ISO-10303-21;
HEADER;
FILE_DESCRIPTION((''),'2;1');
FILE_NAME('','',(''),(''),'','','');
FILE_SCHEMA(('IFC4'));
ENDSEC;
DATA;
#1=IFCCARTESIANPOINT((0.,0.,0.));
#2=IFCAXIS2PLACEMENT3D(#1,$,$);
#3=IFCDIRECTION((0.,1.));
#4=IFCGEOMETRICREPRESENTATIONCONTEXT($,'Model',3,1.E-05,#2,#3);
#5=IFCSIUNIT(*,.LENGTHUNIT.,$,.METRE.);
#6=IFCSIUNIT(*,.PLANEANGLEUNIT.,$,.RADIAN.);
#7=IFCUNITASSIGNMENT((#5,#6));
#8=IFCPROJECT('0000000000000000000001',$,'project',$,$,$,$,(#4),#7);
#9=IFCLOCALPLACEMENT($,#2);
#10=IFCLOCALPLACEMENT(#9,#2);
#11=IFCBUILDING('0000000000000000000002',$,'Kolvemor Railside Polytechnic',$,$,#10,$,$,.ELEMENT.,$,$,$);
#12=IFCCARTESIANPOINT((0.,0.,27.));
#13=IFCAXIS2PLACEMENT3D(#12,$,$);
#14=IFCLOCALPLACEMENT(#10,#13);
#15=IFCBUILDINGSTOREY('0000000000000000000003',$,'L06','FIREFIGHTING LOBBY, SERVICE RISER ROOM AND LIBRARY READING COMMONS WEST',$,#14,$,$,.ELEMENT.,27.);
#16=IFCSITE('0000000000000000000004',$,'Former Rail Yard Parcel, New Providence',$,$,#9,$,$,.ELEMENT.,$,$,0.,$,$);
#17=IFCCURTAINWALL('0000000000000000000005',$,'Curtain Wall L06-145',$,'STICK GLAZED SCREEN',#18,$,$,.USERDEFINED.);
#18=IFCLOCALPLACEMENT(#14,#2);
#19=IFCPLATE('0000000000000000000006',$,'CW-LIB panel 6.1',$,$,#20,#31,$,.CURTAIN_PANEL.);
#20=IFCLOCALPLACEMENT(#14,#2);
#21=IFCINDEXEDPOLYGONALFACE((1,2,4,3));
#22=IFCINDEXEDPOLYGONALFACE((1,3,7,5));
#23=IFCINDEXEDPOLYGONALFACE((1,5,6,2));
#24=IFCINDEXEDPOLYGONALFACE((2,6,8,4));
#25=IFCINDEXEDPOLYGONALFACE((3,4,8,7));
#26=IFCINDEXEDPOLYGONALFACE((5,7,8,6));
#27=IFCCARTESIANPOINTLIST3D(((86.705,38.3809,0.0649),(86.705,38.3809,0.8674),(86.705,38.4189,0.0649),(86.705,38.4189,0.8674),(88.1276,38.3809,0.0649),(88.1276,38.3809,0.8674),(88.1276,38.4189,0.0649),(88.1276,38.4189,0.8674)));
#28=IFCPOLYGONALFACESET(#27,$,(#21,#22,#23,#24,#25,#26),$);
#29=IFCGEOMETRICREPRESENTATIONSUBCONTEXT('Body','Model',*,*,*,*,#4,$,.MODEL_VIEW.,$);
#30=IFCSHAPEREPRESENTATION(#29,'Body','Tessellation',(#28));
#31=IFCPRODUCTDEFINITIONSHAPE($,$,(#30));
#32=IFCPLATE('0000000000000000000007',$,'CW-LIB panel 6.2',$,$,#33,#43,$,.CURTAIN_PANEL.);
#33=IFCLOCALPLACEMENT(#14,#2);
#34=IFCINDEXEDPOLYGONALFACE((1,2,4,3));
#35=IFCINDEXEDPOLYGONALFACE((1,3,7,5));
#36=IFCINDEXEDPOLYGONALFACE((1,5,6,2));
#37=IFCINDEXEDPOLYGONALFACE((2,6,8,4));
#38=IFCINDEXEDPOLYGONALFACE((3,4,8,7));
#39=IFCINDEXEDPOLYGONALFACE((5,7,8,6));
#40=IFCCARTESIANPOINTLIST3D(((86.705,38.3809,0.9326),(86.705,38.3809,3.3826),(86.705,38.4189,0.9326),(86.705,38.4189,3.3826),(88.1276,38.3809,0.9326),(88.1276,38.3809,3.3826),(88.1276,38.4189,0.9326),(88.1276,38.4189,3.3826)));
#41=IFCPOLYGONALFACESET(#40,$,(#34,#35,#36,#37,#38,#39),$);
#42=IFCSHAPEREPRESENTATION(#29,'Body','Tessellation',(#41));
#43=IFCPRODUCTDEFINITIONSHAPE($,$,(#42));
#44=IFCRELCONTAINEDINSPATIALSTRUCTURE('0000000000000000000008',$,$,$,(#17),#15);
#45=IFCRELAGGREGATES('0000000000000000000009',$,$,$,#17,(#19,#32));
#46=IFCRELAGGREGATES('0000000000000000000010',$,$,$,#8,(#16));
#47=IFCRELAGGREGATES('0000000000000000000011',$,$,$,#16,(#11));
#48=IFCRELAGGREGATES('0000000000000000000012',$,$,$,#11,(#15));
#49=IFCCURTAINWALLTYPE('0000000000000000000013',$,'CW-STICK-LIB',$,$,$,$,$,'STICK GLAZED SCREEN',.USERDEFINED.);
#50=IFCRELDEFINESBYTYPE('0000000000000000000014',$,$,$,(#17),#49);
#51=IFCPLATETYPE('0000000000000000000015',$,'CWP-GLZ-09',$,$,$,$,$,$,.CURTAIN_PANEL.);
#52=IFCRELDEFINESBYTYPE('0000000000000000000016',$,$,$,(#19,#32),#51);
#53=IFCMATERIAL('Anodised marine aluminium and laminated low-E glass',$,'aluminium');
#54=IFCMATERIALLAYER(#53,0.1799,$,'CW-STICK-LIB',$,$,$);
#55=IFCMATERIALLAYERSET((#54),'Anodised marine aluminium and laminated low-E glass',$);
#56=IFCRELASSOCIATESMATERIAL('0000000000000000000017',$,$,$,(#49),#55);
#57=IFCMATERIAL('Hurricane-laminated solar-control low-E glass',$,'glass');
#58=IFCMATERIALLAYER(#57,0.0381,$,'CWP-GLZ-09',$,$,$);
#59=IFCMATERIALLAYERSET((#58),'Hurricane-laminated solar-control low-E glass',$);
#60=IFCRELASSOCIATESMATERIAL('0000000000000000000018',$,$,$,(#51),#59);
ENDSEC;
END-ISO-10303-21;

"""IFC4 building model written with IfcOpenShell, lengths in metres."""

from ifc_helpers import new_model, si_unit, direction, frame, origin, origin_2d, place, context, subcontext, project, spatial, rectangle, extrude, material, layer, layer_set, type_object, element, aggregate, save


model = new_model("IFC4")

# Units and contexts
model_context = context("Model", 3, precision=1e-05, world=origin(), true_north=direction((0.0, 1.0)))
body_context = subcontext(model_context, "Body", "Model", "MODEL_VIEW")
ifc_project = project(units=[si_unit("LENGTHUNIT", "METRE"), si_unit("PLANEANGLEUNIT", "RADIAN")], contexts=[model_context])

# Site, building, storey
site_placement = place(None, origin())
site = spatial("IfcSite", under=ifc_project, at=site_placement, Name="Former Rail Yard Parcel, New Providence", CompositionType="ELEMENT", RefElevation=0.0)
building_placement = place(site_placement, origin())
building = spatial("IfcBuilding", under=site, at=building_placement, Name="Kolvemor Railside Polytechnic", CompositionType="ELEMENT")
storey_placement = place(building_placement, frame((0.0, 0.0, 27.0)))
storey = spatial("IfcBuildingStorey", under=building, at=storey_placement, Name="L06", Description="FIREFIGHTING LOBBY, SERVICE RISER ROOM AND LIBRARY READING COMMONS WEST", CompositionType="ELEMENT", Elevation=27.0)

# Shared definitions
ifc_material_1 = material(Name="Anodised marine aluminium and laminated low-E glass", Category="aluminium")
ifc_layer_1 = layer(ifc_material_1, 0.1799, Name="CW-STICK-LIB")
ifc_layer_set_1 = layer_set([ifc_layer_1], Name="Anodised marine aluminium and laminated low-E glass")
curtain_wall_type = type_object("IfcCurtainWallType", Name="CW-STICK-LIB", ElementType="STICK GLAZED SCREEN", PredefinedType="USERDEFINED", material=ifc_layer_set_1)

# Curtain wall
curtain_wall_1_placement = place(storey_placement, origin())
curtain_wall_1 = element("IfcCurtainWall", 1, at=curtain_wall_1_placement, inside=storey, type_object=curtain_wall_type, Name="Curtain Wall L06-145", ObjectType="STICK GLAZED SCREEN", PredefinedType="USERDEFINED")

# Plates
ifc_material_2 = material(Name="Hurricane-laminated solar-control low-E glass", Category="glass")
ifc_layer_2 = layer(ifc_material_2, 0.0381, Name="CWP-GLZ-09")
ifc_layer_set_2 = layer_set([ifc_layer_2], Name="Hurricane-laminated solar-control low-E glass")
plate_type_1 = type_object("IfcPlateType", Name="CWP-GLZ-09", PredefinedType="CURTAIN_PANEL", material=ifc_layer_set_2)
plate_1_placement = place(storey_placement, frame((87.4163, 38.3999, 0.0649), z_axis=(0.0, 0.0, 1.0), x_axis=(-1.0, 0.0, 0.0)))
plate_1 = element("IfcPlate", 2, at=plate_1_placement, type_object=plate_type_1, Name="CW-LIB panel 6.1", PredefinedType="CURTAIN_PANEL", context=body_context, shape_type="SweptSolid", body=[
    extrude(rectangle(XDim=1.4226, YDim=0.0381, at=origin_2d()), origin(), (0.0, 0.0, 1.0), 0.8025),
])
plate_2_placement = place(storey_placement, frame((87.4163, 38.3999, 0.9326), z_axis=(0.0, 0.0, 1.0), x_axis=(-1.0, 0.0, 0.0)))
plate_2 = element("IfcPlate", 3, at=plate_2_placement, type_object=plate_type_1, Name="CW-LIB panel 6.2", PredefinedType="CURTAIN_PANEL", context=body_context, shape_type="SweptSolid", body=[
    extrude(rectangle(XDim=1.4226, YDim=0.0381, at=origin_2d()), origin(), (0.0, 0.0, 1.0), 2.45),
])
aggregate(curtain_wall_1, [plate_1, plate_2])

save(model, "model.ifc")
